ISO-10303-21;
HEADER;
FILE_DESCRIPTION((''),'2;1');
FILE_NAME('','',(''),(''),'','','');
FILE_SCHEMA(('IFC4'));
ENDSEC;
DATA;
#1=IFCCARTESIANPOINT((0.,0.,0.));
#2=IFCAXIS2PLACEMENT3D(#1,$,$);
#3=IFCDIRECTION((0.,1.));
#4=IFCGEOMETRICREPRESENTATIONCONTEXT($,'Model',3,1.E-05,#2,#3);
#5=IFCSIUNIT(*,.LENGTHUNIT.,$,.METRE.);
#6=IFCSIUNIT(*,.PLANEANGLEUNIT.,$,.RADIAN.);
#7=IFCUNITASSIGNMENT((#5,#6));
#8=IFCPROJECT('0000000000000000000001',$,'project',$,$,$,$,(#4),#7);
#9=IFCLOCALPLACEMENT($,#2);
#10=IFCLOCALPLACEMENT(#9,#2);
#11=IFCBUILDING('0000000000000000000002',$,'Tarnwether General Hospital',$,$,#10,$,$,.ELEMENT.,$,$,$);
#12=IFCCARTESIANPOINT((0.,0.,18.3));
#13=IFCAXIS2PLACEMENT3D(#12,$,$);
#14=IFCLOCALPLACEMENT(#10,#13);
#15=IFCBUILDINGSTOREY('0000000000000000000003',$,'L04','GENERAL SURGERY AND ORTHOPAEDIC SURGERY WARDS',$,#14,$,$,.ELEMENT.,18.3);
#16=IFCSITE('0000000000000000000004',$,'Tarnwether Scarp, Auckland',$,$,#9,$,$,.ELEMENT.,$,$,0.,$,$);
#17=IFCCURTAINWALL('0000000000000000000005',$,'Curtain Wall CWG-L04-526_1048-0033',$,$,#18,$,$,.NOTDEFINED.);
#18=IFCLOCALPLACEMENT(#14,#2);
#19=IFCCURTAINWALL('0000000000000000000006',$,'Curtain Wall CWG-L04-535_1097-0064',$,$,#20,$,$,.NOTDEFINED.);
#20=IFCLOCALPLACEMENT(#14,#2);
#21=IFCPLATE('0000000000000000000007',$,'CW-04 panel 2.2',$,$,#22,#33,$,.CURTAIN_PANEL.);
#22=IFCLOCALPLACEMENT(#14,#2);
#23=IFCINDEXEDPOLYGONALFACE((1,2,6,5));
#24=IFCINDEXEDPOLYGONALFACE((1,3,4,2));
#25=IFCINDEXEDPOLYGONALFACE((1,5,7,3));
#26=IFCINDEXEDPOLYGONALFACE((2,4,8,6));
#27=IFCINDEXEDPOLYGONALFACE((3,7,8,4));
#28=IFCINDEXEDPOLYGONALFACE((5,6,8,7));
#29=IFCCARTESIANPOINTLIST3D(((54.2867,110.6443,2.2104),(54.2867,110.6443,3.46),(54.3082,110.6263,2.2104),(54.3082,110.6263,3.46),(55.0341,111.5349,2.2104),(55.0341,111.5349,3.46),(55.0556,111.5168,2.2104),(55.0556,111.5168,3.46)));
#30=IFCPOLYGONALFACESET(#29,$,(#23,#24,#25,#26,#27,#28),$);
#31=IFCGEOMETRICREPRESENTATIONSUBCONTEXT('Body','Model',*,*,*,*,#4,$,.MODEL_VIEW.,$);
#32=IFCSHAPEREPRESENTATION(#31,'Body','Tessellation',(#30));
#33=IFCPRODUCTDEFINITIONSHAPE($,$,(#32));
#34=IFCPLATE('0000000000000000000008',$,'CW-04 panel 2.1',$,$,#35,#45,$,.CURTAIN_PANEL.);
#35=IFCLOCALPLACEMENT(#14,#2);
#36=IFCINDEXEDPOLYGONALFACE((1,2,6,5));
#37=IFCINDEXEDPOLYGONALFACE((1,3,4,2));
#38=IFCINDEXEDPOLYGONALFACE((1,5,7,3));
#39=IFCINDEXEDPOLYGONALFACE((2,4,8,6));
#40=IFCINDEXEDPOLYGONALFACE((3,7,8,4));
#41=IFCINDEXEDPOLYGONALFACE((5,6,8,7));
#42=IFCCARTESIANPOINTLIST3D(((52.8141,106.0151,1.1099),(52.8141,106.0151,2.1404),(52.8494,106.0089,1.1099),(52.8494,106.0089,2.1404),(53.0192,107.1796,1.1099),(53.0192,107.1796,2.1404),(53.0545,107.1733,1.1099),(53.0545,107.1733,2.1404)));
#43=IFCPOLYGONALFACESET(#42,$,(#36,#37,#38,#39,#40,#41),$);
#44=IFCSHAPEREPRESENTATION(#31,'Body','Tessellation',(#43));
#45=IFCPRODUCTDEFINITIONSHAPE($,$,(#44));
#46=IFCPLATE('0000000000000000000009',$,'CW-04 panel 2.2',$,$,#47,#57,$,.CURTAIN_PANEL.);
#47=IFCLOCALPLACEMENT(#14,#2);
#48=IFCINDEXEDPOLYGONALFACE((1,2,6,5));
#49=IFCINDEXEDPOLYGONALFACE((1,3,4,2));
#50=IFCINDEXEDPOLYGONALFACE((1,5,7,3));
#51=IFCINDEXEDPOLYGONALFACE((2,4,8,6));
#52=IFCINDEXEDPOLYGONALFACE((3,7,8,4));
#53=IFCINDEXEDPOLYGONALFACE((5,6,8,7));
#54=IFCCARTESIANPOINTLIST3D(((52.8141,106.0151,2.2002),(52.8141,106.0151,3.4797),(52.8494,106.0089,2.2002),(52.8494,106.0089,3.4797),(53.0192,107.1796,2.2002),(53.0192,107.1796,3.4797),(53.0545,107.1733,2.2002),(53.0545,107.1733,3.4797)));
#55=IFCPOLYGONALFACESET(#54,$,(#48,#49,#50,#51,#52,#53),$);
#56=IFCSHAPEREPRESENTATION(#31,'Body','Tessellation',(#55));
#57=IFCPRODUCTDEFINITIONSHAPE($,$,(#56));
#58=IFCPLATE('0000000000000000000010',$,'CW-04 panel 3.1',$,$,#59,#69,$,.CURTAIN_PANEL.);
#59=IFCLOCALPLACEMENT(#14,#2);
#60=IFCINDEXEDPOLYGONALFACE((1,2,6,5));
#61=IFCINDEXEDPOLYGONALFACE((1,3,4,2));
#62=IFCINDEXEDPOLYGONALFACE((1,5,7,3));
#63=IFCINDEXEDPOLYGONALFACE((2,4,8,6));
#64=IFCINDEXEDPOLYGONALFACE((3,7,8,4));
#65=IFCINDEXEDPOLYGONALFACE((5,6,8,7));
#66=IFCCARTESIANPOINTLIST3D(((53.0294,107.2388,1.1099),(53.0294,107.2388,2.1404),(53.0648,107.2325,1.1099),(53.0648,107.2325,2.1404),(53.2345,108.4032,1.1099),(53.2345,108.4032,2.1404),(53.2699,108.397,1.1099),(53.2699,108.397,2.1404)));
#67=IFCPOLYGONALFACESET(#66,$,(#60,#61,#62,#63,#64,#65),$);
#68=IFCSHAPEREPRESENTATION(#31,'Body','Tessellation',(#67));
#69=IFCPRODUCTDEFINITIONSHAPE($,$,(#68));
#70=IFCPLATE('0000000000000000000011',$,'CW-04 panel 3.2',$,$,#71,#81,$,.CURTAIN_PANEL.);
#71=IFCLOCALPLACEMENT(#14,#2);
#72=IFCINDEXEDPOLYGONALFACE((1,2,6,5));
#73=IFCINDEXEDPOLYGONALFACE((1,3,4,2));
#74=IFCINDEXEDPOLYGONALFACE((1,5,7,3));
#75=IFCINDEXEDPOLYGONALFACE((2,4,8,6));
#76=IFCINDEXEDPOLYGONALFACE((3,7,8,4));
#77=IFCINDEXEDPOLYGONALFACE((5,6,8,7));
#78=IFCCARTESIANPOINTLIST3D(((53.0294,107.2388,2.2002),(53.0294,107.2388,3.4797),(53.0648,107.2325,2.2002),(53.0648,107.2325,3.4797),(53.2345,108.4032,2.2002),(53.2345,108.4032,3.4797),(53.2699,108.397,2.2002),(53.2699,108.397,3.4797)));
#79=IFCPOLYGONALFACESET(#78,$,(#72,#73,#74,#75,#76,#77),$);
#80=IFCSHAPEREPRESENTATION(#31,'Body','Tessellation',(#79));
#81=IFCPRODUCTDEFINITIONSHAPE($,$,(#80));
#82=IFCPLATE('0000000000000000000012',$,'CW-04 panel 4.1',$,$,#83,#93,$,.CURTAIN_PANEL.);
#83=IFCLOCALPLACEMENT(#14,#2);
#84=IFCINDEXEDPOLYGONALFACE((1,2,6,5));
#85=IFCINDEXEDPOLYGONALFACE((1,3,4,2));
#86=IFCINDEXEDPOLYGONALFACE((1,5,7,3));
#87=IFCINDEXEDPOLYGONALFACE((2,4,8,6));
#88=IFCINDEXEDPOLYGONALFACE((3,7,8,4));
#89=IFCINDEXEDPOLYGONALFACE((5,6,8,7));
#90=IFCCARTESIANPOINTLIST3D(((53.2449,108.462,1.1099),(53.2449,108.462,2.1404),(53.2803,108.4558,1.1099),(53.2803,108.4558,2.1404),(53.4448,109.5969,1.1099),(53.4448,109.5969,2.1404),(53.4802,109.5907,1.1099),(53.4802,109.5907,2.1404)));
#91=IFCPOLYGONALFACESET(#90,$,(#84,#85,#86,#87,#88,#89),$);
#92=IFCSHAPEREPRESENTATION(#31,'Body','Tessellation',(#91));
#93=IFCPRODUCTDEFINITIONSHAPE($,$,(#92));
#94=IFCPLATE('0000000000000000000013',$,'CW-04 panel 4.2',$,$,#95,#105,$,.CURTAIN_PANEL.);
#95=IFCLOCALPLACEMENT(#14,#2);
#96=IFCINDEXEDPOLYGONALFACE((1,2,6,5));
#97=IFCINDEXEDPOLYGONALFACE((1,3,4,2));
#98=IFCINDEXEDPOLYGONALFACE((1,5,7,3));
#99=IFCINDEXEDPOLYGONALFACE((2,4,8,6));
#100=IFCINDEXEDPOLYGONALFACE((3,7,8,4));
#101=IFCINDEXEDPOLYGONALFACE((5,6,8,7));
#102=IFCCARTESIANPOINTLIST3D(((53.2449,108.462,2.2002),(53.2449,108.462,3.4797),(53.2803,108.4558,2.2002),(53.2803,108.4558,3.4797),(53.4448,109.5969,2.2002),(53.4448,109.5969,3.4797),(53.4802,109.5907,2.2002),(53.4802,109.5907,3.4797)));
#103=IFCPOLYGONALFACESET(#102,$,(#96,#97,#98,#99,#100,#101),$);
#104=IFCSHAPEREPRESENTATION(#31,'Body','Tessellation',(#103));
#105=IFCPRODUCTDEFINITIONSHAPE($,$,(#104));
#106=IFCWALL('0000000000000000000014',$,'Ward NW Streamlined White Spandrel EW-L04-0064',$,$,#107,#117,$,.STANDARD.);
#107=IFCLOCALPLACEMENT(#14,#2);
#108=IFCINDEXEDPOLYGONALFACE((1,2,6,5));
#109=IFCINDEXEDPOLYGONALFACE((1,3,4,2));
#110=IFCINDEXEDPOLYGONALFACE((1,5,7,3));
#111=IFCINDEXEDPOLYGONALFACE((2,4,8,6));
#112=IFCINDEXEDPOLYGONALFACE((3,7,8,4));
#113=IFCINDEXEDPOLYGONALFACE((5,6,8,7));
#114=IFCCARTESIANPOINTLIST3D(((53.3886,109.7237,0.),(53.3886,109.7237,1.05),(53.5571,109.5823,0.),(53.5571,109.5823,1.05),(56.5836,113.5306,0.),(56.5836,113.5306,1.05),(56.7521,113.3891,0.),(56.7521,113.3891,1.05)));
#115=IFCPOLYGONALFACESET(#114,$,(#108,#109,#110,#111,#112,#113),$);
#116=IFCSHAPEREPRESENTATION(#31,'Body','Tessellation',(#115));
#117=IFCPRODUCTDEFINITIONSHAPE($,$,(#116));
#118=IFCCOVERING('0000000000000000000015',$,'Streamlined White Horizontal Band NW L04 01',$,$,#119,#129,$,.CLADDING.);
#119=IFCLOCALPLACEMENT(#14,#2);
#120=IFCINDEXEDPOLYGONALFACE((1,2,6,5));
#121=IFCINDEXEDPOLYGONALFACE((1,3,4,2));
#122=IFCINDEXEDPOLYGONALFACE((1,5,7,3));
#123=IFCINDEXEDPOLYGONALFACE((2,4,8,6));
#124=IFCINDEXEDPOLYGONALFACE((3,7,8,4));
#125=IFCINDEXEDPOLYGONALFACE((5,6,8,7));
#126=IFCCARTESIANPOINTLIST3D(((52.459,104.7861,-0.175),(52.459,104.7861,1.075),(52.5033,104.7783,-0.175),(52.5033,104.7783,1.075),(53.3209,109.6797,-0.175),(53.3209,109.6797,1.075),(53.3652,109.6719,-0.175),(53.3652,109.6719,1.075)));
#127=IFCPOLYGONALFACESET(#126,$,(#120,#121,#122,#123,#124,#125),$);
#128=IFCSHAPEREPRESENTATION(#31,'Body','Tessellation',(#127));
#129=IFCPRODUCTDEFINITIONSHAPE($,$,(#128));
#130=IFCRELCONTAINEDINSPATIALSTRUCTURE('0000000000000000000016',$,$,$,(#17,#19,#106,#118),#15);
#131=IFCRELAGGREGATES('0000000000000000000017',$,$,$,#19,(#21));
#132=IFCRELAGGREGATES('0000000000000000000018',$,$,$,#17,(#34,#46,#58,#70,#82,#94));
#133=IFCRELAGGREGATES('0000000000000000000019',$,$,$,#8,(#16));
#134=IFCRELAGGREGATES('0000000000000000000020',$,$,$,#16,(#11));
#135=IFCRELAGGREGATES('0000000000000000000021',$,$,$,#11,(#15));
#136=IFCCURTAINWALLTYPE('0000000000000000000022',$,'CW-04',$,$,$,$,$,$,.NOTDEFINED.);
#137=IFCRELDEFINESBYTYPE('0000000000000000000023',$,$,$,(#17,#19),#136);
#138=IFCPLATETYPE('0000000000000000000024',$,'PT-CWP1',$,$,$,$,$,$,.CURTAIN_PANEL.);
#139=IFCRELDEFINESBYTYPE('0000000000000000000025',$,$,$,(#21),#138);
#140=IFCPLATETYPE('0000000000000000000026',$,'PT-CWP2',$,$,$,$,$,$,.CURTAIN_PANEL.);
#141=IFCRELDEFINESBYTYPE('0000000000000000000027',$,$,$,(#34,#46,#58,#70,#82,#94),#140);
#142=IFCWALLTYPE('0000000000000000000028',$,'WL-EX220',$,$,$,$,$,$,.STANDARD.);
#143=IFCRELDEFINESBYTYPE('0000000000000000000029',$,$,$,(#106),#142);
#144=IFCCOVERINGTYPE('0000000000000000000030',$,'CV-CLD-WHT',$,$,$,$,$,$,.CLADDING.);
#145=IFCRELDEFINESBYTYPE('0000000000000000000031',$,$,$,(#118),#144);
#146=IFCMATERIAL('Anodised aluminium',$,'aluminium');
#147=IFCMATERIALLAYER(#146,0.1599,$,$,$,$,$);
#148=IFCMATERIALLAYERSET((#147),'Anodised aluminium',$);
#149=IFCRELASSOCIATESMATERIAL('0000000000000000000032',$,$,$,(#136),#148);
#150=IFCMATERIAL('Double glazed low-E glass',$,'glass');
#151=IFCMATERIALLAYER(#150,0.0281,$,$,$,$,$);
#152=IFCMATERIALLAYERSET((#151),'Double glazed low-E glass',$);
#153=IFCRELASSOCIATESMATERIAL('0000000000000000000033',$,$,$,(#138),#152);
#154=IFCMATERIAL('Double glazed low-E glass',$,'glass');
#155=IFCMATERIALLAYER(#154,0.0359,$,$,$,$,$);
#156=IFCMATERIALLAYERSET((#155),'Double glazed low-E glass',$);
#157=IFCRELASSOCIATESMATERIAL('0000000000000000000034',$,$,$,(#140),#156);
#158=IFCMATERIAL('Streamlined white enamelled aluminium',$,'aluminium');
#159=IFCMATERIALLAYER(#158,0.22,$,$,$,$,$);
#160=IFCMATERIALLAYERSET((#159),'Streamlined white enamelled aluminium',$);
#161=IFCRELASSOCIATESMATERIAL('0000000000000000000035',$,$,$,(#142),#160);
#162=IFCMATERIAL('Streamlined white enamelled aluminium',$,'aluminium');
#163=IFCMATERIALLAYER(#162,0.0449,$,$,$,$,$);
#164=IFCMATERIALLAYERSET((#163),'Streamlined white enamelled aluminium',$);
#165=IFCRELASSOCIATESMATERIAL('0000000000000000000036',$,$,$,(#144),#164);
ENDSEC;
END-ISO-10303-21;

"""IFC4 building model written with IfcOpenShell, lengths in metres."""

from ifc_helpers import new_model, si_unit, direction, frame, frame_2d, origin, origin_2d, place, context, subcontext, project, spatial, rectangle, extrude, material, layer, layer_set, type_object, element, aggregate, save


model = new_model("IFC4")

# Units and contexts
model_context = context("Model", 3, precision=1e-05, world=origin(), true_north=direction((0.0, 1.0)))
body_context = subcontext(model_context, "Body", "Model", "MODEL_VIEW")
ifc_project = project(units=[si_unit("LENGTHUNIT", "METRE"), si_unit("PLANEANGLEUNIT", "RADIAN")], contexts=[model_context])

# Site, building, storey
site_placement = place(None, origin())
site = spatial("IfcSite", under=ifc_project, at=site_placement, Name="Tarnwether Scarp, Auckland", CompositionType="ELEMENT", RefElevation=0.0)
building_placement = place(site_placement, origin())
building = spatial("IfcBuilding", under=site, at=building_placement, Name="Tarnwether General Hospital", CompositionType="ELEMENT")
storey_placement = place(building_placement, frame((0.0, 0.0, 18.3)))
storey = spatial("IfcBuildingStorey", under=building, at=storey_placement, Name="L04", Description="GENERAL SURGERY AND ORTHOPAEDIC SURGERY WARDS", CompositionType="ELEMENT", Elevation=18.3)

# Curtain walls
ifc_material_1 = material(Name="Anodised aluminium", Category="aluminium")
ifc_layer_1 = layer(ifc_material_1, 0.1599)
ifc_layer_set_1 = layer_set([ifc_layer_1], Name="Anodised aluminium")
curtain_wall_type = type_object("IfcCurtainWallType", Name="CW-04", PredefinedType="NOTDEFINED", material=ifc_layer_set_1)
curtain_wall_1_placement = place(storey_placement, origin())
curtain_wall_1 = element("IfcCurtainWall", 1, at=curtain_wall_1_placement, inside=storey, type_object=curtain_wall_type, Name="Curtain Wall CWG-L04-526_1048-0033", PredefinedType="NOTDEFINED")
curtain_wall_2_placement = place(storey_placement, origin())
curtain_wall_2 = element("IfcCurtainWall", 2, at=curtain_wall_2_placement, inside=storey, type_object=curtain_wall_type, Name="Curtain Wall CWG-L04-535_1097-0064", PredefinedType="NOTDEFINED")

# Plates
ifc_material_2 = material(Name="Double glazed low-E glass", Category="glass")
ifc_layer_2 = layer(ifc_material_2, 0.0281)
ifc_layer_set_2 = layer_set([ifc_layer_2], Name="Double glazed low-E glass")
plate_type_1 = type_object("IfcPlateType", Name="PT-CWP1", PredefinedType="CURTAIN_PANEL", material=ifc_layer_set_2)
plate_1_placement = place(storey_placement, frame((54.6711, 111.0806, 2.2104), z_axis=(0.0, 0.0, 1.0), x_axis=(0.642852, 0.76599, 0.0)))
plate_1 = element("IfcPlate", 3, at=plate_1_placement, type_object=plate_type_1, Name="CW-04 panel 2.2", PredefinedType="CURTAIN_PANEL", context=body_context, shape_type="SweptSolid", body=[
    extrude(rectangle(XDim=1.1626, YDim=0.0281, at=origin_2d()), origin(), (0.0, 0.0, 1.0), 1.2495),
])
aggregate(curtain_wall_2, [plate_1])
ifc_material_3 = material(Name="Double glazed low-E glass", Category="glass")
ifc_layer_3 = layer(ifc_material_3, 0.0359)
ifc_layer_set_3 = layer_set([ifc_layer_3], Name="Double glazed low-E glass")
plate_type_2 = type_object("IfcPlateType", Name="PT-CWP2", PredefinedType="CURTAIN_PANEL", material=ifc_layer_set_3)
plate_2_placement = place(storey_placement, frame((52.9343, 106.5942, 1.1099), z_axis=(0.0, 0.0, 1.0), x_axis=(0.173464, 0.98484, 0.0)))
plate_2 = element("IfcPlate", 4, at=plate_2_placement, type_object=plate_type_2, Name="CW-04 panel 2.1", PredefinedType="CURTAIN_PANEL", context=body_context, shape_type="SweptSolid", body=[
    extrude(rectangle(XDim=1.1824, YDim=0.0359, at=origin_2d()), origin(), (0.0, 0.0, 1.0), 1.0305),
])
plate_3_placement = place(storey_placement, frame((52.9343, 106.5942, 2.2002), z_axis=(0.0, 0.0, 1.0), x_axis=(0.173464, 0.98484, 0.0)))
plate_3 = element("IfcPlate", 5, at=plate_3_placement, type_object=plate_type_2, Name="CW-04 panel 2.2", PredefinedType="CURTAIN_PANEL", context=body_context, shape_type="SweptSolid", body=[
    extrude(rectangle(XDim=1.1824, YDim=0.0359, at=origin_2d()), origin(), (0.0, 0.0, 1.0), 1.2795),
])
plate_4_placement = place(storey_placement, frame((53.1497, 107.8179, 1.1099), z_axis=(0.0, 0.0, 1.0), x_axis=(0.173464, 0.98484, 0.0)))
plate_4 = element("IfcPlate", 6, at=plate_4_placement, type_object=plate_type_2, Name="CW-04 panel 3.1", PredefinedType="CURTAIN_PANEL", context=body_context, shape_type="SweptSolid", body=[
    extrude(rectangle(XDim=1.1824, YDim=0.0359, at=origin_2d()), origin(), (0.0, 0.0, 1.0), 1.0305),
])
plate_5_placement = place(storey_placement, frame((53.1497, 107.8179, 2.2002), z_axis=(0.0, 0.0, 1.0), x_axis=(0.173464, 0.98484, 0.0)))
plate_5 = element("IfcPlate", 7, at=plate_5_placement, type_object=plate_type_2, Name="CW-04 panel 3.2", PredefinedType="CURTAIN_PANEL", context=body_context, shape_type="SweptSolid", body=[
    extrude(rectangle(XDim=1.1824, YDim=0.0359, at=origin_2d()), origin(), (0.0, 0.0, 1.0), 1.2795),
])
plate_6_placement = place(storey_placement, frame((53.3625, 109.0264, 1.1099), z_axis=(0.0, 0.0, 1.0), x_axis=(0.173464, 0.98484, 0.0)))
plate_6 = element("IfcPlate", 8, at=plate_6_placement, type_object=plate_type_2, Name="CW-04 panel 4.1", PredefinedType="CURTAIN_PANEL", context=body_context, shape_type="SweptSolid", body=[
    extrude(rectangle(XDim=1.1523, YDim=0.0359, at=origin_2d()), origin(), (0.0, 0.0, 1.0), 1.0305),
])
plate_7_placement = place(storey_placement, frame((53.3625, 109.0264, 2.2002), z_axis=(0.0, 0.0, 1.0), x_axis=(0.173464, 0.98484, 0.0)))
plate_7 = element("IfcPlate", 9, at=plate_7_placement, type_object=plate_type_2, Name="CW-04 panel 4.2", PredefinedType="CURTAIN_PANEL", context=body_context, shape_type="SweptSolid", body=[
    extrude(rectangle(XDim=1.1523, YDim=0.0359, at=origin_2d()), origin(), (0.0, 0.0, 1.0), 1.2795),
])
aggregate(curtain_wall_1, [plate_2, plate_3, plate_4, plate_5, plate_6, plate_7])

# Wall
ifc_material_4 = material(Name="Streamlined white enamelled aluminium", Category="aluminium")
ifc_layer_4 = layer(ifc_material_4, 0.22)
ifc_layer_set_4 = layer_set([ifc_layer_4], Name="Streamlined white enamelled aluminium")
wall_type = type_object("IfcWallType", Name="WL-EX220", PredefinedType="STANDARD", material=ifc_layer_set_4)
wall_placement = place(storey_placement, frame((53.4729, 109.6531, 0.0), z_axis=(0.0, 0.0, 1.0), x_axis=(0.642872, 0.765974, 0.0)))
element("IfcWall", 10, at=wall_placement, inside=storey, type_object=wall_type, Name="Ward NW Streamlined White Spandrel EW-L04-0064", PredefinedType="STANDARD", context=body_context, shape_type="SweptSolid", body=[
    extrude(rectangle(XDim=4.97, YDim=0.22, at=frame_2d((2.4849, 0.0))), origin(), (0.0, 0.0, 1.0), 1.05),
])

# Covering
ifc_material_5 = material(Name="Streamlined white enamelled aluminium", Category="aluminium")
ifc_layer_5 = layer(ifc_material_5, 0.0449)
ifc_layer_set_5 = layer_set([ifc_layer_5], Name="Streamlined white enamelled aluminium")
covering_type = type_object("IfcCoveringType", Name="CV-CLD-WHT", PredefinedType="CLADDING", material=ifc_layer_set_5)
covering_placement = place(storey_placement, frame((52.9121, 107.229, -0.175), z_axis=(0.0, 0.0, 1.0), x_axis=(0.173459, 0.984841, 0.0)))
element("IfcCovering", 11, at=covering_placement, inside=storey, type_object=covering_type, Name="Streamlined White Horizontal Band NW L04 01", PredefinedType="CLADDING", context=body_context, shape_type="SweptSolid", body=[
    extrude(rectangle(XDim=4.969, YDim=0.0449, at=origin_2d()), origin(), (0.0, 0.0, 1.0), 1.25),
])

save(model, "model.ifc")
